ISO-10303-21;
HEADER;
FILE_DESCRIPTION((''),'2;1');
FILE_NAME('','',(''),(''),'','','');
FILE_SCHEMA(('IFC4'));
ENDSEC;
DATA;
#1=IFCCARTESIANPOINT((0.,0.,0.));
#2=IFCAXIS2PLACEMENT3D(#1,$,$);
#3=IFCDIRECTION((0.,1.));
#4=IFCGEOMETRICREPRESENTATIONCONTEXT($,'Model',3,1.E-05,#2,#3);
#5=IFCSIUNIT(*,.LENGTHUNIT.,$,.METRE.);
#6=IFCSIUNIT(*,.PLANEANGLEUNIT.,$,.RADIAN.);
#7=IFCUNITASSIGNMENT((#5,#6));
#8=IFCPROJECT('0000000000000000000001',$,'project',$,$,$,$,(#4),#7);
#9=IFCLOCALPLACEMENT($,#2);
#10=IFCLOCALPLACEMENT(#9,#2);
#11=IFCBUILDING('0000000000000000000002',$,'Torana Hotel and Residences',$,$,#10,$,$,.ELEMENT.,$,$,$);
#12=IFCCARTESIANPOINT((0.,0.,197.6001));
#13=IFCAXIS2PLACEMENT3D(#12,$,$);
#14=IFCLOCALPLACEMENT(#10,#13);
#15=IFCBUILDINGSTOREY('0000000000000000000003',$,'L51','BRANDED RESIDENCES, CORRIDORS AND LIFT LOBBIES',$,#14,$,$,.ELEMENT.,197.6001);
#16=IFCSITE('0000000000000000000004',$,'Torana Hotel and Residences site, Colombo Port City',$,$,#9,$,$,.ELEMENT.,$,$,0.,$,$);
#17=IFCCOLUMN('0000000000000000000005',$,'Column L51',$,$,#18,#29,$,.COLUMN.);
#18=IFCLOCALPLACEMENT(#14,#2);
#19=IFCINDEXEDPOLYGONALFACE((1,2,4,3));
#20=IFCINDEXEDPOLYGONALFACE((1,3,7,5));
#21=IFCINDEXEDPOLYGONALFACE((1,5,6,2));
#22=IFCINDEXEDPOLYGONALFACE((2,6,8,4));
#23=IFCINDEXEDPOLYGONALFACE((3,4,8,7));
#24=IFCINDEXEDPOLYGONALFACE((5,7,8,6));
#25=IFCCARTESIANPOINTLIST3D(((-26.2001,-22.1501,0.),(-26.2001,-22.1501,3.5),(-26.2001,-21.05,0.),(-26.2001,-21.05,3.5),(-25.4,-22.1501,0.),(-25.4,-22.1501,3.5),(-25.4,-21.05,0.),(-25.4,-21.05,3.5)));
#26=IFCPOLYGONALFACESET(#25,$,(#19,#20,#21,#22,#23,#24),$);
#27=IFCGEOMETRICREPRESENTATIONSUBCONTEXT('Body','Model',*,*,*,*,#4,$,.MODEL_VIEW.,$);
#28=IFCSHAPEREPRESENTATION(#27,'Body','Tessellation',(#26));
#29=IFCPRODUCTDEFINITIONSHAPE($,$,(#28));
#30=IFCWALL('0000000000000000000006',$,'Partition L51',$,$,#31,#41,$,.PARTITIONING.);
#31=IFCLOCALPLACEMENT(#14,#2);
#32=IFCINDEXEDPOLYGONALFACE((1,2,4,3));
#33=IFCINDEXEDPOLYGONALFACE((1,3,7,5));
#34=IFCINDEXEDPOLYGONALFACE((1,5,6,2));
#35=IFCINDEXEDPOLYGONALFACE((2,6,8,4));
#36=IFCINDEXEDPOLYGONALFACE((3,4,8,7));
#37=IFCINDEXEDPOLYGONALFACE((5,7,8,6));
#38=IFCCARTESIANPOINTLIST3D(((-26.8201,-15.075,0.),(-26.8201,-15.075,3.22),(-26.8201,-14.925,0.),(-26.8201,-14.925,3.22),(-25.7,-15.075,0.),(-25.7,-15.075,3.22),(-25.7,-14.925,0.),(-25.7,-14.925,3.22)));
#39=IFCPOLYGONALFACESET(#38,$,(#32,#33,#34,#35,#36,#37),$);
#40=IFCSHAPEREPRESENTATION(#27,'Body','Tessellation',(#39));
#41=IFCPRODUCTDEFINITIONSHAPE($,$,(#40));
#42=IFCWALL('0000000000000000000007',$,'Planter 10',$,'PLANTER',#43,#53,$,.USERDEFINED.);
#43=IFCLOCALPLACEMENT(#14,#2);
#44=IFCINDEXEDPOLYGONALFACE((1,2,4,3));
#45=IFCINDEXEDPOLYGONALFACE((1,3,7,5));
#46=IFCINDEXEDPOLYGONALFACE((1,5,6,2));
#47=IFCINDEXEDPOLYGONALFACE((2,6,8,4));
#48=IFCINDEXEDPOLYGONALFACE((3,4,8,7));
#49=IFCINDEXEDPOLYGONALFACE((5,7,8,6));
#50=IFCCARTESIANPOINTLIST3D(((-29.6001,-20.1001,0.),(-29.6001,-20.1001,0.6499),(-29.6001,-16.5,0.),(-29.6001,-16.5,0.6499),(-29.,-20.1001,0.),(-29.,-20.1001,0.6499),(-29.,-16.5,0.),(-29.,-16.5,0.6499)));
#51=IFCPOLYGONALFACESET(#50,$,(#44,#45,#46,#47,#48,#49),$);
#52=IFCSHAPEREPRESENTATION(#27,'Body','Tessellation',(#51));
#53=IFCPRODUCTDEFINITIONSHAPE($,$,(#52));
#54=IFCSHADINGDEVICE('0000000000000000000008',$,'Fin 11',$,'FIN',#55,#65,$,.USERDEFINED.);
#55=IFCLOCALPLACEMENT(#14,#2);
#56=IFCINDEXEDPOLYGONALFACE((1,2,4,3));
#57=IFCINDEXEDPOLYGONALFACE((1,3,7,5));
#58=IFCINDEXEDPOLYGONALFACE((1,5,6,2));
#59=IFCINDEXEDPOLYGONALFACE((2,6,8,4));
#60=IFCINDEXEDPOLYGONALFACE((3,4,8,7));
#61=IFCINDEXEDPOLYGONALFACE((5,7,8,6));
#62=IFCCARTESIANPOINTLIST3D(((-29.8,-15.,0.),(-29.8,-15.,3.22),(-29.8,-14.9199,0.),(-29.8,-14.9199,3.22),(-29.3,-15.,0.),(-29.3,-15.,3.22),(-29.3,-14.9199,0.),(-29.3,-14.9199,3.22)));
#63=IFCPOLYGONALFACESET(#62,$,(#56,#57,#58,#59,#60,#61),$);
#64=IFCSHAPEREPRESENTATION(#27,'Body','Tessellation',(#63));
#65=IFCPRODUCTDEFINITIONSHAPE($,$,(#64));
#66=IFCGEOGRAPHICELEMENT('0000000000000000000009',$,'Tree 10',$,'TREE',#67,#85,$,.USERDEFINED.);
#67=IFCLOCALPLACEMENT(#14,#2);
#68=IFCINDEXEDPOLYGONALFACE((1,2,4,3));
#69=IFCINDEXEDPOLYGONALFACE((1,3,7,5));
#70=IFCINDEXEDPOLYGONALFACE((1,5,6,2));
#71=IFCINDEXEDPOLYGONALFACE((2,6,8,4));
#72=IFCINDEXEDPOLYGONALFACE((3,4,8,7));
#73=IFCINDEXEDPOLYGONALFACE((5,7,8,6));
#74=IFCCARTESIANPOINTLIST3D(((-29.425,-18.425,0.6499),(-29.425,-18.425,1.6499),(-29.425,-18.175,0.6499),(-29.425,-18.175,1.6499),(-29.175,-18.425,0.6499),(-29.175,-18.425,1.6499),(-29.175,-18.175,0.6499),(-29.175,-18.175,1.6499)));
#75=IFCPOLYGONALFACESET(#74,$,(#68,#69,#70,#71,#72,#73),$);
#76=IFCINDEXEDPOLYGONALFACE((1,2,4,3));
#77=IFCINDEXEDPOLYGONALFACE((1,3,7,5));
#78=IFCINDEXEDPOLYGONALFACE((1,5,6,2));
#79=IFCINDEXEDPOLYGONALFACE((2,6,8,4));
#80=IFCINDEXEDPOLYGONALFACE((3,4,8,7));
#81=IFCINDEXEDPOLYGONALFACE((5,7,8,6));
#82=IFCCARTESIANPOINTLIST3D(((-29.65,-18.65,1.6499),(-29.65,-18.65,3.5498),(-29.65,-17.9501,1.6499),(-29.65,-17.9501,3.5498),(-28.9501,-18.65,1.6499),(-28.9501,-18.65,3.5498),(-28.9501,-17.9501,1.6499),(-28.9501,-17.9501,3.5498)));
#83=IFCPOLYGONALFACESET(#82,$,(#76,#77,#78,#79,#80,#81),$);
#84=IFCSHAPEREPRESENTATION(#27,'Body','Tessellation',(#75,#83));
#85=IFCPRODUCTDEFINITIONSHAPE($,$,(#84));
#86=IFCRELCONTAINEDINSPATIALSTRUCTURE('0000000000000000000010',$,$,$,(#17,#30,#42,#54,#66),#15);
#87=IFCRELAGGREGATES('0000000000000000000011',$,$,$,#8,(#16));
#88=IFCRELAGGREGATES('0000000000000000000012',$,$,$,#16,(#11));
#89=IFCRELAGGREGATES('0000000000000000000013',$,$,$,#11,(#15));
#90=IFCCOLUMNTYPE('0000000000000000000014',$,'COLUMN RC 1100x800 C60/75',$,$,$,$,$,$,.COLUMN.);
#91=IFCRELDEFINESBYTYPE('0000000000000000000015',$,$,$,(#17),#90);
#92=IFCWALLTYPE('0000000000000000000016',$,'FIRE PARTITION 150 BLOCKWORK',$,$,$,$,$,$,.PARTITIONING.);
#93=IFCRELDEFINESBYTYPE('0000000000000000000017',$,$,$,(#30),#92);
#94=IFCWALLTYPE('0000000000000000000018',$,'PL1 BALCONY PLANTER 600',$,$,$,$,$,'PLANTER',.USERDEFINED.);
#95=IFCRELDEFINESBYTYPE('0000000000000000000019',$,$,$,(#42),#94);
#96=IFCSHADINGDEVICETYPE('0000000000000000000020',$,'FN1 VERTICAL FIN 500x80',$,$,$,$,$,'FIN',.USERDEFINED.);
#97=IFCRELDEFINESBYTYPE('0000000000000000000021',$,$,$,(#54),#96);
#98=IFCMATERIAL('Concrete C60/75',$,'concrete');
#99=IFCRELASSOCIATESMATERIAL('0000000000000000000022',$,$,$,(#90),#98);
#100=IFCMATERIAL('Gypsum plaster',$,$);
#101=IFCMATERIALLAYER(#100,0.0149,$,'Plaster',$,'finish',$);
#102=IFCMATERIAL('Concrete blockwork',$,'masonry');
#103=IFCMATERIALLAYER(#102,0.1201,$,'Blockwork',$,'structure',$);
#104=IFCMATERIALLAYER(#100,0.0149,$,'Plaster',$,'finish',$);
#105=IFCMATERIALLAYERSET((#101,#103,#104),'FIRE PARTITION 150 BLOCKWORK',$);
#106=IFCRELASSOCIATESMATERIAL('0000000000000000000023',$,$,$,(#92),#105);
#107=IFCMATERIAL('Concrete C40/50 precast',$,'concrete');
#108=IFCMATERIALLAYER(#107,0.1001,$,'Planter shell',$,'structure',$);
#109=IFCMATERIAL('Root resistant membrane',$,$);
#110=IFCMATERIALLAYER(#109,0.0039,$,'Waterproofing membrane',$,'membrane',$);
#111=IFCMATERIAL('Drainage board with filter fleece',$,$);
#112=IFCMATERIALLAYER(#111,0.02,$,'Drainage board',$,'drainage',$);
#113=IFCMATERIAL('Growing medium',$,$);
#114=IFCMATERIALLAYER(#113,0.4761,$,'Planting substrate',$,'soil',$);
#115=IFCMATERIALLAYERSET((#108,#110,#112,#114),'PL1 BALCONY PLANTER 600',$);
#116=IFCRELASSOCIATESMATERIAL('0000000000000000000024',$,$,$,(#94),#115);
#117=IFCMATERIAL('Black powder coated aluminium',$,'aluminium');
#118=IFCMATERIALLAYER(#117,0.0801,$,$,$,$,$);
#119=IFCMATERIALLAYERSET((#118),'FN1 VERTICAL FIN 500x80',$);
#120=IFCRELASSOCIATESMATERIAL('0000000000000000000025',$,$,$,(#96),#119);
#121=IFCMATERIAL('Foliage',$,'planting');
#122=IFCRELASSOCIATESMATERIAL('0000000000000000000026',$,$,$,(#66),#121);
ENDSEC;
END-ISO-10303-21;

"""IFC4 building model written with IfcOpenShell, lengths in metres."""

from ifc_helpers import new_model, si_unit, direction, frame, frame_2d, origin, origin_2d, place, context, subcontext, project, spatial, rectangle, extrude, material, layer, layer_set, material_profile, profile_set, type_object, element, save


model = new_model("IFC4")

# Units and contexts
model_context = context("Model", 3, precision=1e-05, world=origin(), true_north=direction((0.0, 1.0)))
body_context = subcontext(model_context, "Body", "Model", "MODEL_VIEW")
ifc_project = project(units=[si_unit("LENGTHUNIT", "METRE"), si_unit("PLANEANGLEUNIT", "RADIAN")], contexts=[model_context])

# Site, building, storey
site_placement = place(None, origin())
site = spatial("IfcSite", under=ifc_project, at=site_placement, Name="Torana Hotel and Residences site, Colombo Port City", CompositionType="ELEMENT", RefElevation=0.0)
building_placement = place(site_placement, origin())
building = spatial("IfcBuilding", under=site, at=building_placement, Name="Torana Hotel and Residences", CompositionType="ELEMENT")
storey_placement = place(building_placement, frame((0.0, 0.0, 197.6001)))
storey = spatial("IfcBuildingStorey", under=building, at=storey_placement, Name="L51", Description="BRANDED RESIDENCES, CORRIDORS AND LIFT LOBBIES", CompositionType="ELEMENT", Elevation=197.6001)

# Column
ifc_material_1 = material(Name="Concrete C60/75", Category="concrete")
ifc_material_profile = material_profile(ifc_material_1, rectangle(XDim=1.1001, YDim=0.8, at=origin_2d()), Name="RC 1100x800")
ifc_profile_set = profile_set([ifc_material_profile], Name="Concrete C60/75")
column_type = type_object("IfcColumnType", Name="COLUMN RC 1100x800 C60/75", PredefinedType="COLUMN", material=ifc_profile_set)
column_placement = place(storey_placement, frame((-25.8, -21.6001, 0.0), z_axis=(0.0, 0.0, 1.0), x_axis=(0.0, 1.0, 0.0)))
element("IfcColumn", 1, at=column_placement, inside=storey, type_object=column_type, Name="Column L51", PredefinedType="COLUMN", context=body_context, shape_type="SweptSolid", body=[
    extrude(rectangle(XDim=1.1001, YDim=0.8, at=origin_2d()), origin(), (0.0, 0.0, 1.0), 3.5),
])

# Shared definitions
ifc_material_2 = material(Name="Gypsum plaster")
ifc_layer_1 = layer(ifc_material_2, 0.0149, Name="Plaster", Category="finish")
ifc_material_3 = material(Name="Concrete blockwork", Category="masonry")
ifc_layer_2 = layer(ifc_material_3, 0.1201, Name="Blockwork", Category="structure")
ifc_layer_3 = layer(ifc_material_2, 0.0149, Name="Plaster", Category="finish")
ifc_layer_set_1 = layer_set([ifc_layer_1, ifc_layer_2, ifc_layer_3], Name="FIRE PARTITION 150 BLOCKWORK")
wall_type_1 = type_object("IfcWallType", Name="FIRE PARTITION 150 BLOCKWORK", PredefinedType="PARTITIONING", material=ifc_layer_set_1)

# Walls
wall_1_placement = place(storey_placement, frame((-26.8201, -15.0, 0.0), z_axis=(0.0, 0.0, 1.0), x_axis=(1.0, 0.0, 0.0)))
element("IfcWall", 2, at=wall_1_placement, inside=storey, type_object=wall_type_1, Name="Partition L51", PredefinedType="PARTITIONING", context=body_context, shape_type="SweptSolid", body=[
    extrude(rectangle(XDim=1.1201, YDim=0.1499, at=frame_2d((0.5601, 0.0))), origin(), (0.0, 0.0, 1.0), 3.22),
])
ifc_material_4 = material(Name="Concrete C40/50 precast", Category="concrete")
ifc_layer_4 = layer(ifc_material_4, 0.1001, Name="Planter shell", Category="structure")
ifc_material_5 = material(Name="Root resistant membrane")
ifc_layer_5 = layer(ifc_material_5, 0.0039, Name="Waterproofing membrane", Category="membrane")
ifc_material_6 = material(Name="Drainage board with filter fleece")
ifc_layer_6 = layer(ifc_material_6, 0.02, Name="Drainage board", Category="drainage")
ifc_material_7 = material(Name="Growing medium")
ifc_layer_7 = layer(ifc_material_7, 0.4761, Name="Planting substrate", Category="soil")
ifc_layer_set_2 = layer_set([ifc_layer_4, ifc_layer_5, ifc_layer_6, ifc_layer_7], Name="PL1 BALCONY PLANTER 600")
wall_type_2 = type_object("IfcWallType", Name="PL1 BALCONY PLANTER 600", ElementType="PLANTER", PredefinedType="USERDEFINED", material=ifc_layer_set_2)
wall_2_placement = place(storey_placement, frame((-29.3, -20.1001, 0.0), z_axis=(0.0, 0.0, 1.0), x_axis=(0.0, 1.0, 0.0)))
element("IfcWall", 3, at=wall_2_placement, inside=storey, type_object=wall_type_2, Name="Planter 10", ObjectType="PLANTER", PredefinedType="USERDEFINED", context=body_context, shape_type="SweptSolid", body=[
    extrude(rectangle(XDim=3.6001, YDim=0.6001, at=frame_2d((1.8, 0.0))), origin(), (0.0, 0.0, 1.0), 0.6499),
])

# Shading device
ifc_material_8 = material(Name="Black powder coated aluminium", Category="aluminium")
ifc_layer_8 = layer(ifc_material_8, 0.0801)
ifc_layer_set_3 = layer_set([ifc_layer_8], Name="FN1 VERTICAL FIN 500x80")
shading_device_type = type_object("IfcShadingDeviceType", Name="FN1 VERTICAL FIN 500x80", ElementType="FIN", PredefinedType="USERDEFINED", material=ifc_layer_set_3)
shading_device_placement = place(storey_placement, frame((-29.55, -14.96, 0.0), z_axis=(0.0, 0.0, 1.0), x_axis=(0.0, 1.0, 0.0)))
element("IfcShadingDevice", 4, at=shading_device_placement, inside=storey, type_object=shading_device_type, Name="Fin 11", ObjectType="FIN", PredefinedType="USERDEFINED", context=body_context, shape_type="SweptSolid", body=[
    extrude(rectangle(XDim=0.0801, YDim=0.5, at=origin_2d()), origin(), (0.0, 0.0, 1.0), 3.22),
])

# Geographic element
ifc_material_9 = material(Name="Foliage", Category="planting")
geographic_element_placement = place(storey_placement, frame((-29.3, -18.3, 0.6499), z_axis=(0.0, 0.0, 1.0), x_axis=(1.0, 0.0, 0.0)))
element("IfcGeographicElement", 5, at=geographic_element_placement, inside=storey, material=ifc_material_9, Name="Tree 10", ObjectType="TREE", PredefinedType="USERDEFINED", context=body_context, shape_type="SweptSolid", body=[
    extrude(rectangle(XDim=0.25, YDim=0.25, at=origin_2d()), origin(), (0.0, 0.0, 1.0), 1.0),
    extrude(rectangle(XDim=0.7, YDim=0.7, at=origin_2d()), frame((0.0, 0.0, 1.0)), (0.0, 0.0, 1.0), 1.8999),
])

save(model, "model.ifc")
